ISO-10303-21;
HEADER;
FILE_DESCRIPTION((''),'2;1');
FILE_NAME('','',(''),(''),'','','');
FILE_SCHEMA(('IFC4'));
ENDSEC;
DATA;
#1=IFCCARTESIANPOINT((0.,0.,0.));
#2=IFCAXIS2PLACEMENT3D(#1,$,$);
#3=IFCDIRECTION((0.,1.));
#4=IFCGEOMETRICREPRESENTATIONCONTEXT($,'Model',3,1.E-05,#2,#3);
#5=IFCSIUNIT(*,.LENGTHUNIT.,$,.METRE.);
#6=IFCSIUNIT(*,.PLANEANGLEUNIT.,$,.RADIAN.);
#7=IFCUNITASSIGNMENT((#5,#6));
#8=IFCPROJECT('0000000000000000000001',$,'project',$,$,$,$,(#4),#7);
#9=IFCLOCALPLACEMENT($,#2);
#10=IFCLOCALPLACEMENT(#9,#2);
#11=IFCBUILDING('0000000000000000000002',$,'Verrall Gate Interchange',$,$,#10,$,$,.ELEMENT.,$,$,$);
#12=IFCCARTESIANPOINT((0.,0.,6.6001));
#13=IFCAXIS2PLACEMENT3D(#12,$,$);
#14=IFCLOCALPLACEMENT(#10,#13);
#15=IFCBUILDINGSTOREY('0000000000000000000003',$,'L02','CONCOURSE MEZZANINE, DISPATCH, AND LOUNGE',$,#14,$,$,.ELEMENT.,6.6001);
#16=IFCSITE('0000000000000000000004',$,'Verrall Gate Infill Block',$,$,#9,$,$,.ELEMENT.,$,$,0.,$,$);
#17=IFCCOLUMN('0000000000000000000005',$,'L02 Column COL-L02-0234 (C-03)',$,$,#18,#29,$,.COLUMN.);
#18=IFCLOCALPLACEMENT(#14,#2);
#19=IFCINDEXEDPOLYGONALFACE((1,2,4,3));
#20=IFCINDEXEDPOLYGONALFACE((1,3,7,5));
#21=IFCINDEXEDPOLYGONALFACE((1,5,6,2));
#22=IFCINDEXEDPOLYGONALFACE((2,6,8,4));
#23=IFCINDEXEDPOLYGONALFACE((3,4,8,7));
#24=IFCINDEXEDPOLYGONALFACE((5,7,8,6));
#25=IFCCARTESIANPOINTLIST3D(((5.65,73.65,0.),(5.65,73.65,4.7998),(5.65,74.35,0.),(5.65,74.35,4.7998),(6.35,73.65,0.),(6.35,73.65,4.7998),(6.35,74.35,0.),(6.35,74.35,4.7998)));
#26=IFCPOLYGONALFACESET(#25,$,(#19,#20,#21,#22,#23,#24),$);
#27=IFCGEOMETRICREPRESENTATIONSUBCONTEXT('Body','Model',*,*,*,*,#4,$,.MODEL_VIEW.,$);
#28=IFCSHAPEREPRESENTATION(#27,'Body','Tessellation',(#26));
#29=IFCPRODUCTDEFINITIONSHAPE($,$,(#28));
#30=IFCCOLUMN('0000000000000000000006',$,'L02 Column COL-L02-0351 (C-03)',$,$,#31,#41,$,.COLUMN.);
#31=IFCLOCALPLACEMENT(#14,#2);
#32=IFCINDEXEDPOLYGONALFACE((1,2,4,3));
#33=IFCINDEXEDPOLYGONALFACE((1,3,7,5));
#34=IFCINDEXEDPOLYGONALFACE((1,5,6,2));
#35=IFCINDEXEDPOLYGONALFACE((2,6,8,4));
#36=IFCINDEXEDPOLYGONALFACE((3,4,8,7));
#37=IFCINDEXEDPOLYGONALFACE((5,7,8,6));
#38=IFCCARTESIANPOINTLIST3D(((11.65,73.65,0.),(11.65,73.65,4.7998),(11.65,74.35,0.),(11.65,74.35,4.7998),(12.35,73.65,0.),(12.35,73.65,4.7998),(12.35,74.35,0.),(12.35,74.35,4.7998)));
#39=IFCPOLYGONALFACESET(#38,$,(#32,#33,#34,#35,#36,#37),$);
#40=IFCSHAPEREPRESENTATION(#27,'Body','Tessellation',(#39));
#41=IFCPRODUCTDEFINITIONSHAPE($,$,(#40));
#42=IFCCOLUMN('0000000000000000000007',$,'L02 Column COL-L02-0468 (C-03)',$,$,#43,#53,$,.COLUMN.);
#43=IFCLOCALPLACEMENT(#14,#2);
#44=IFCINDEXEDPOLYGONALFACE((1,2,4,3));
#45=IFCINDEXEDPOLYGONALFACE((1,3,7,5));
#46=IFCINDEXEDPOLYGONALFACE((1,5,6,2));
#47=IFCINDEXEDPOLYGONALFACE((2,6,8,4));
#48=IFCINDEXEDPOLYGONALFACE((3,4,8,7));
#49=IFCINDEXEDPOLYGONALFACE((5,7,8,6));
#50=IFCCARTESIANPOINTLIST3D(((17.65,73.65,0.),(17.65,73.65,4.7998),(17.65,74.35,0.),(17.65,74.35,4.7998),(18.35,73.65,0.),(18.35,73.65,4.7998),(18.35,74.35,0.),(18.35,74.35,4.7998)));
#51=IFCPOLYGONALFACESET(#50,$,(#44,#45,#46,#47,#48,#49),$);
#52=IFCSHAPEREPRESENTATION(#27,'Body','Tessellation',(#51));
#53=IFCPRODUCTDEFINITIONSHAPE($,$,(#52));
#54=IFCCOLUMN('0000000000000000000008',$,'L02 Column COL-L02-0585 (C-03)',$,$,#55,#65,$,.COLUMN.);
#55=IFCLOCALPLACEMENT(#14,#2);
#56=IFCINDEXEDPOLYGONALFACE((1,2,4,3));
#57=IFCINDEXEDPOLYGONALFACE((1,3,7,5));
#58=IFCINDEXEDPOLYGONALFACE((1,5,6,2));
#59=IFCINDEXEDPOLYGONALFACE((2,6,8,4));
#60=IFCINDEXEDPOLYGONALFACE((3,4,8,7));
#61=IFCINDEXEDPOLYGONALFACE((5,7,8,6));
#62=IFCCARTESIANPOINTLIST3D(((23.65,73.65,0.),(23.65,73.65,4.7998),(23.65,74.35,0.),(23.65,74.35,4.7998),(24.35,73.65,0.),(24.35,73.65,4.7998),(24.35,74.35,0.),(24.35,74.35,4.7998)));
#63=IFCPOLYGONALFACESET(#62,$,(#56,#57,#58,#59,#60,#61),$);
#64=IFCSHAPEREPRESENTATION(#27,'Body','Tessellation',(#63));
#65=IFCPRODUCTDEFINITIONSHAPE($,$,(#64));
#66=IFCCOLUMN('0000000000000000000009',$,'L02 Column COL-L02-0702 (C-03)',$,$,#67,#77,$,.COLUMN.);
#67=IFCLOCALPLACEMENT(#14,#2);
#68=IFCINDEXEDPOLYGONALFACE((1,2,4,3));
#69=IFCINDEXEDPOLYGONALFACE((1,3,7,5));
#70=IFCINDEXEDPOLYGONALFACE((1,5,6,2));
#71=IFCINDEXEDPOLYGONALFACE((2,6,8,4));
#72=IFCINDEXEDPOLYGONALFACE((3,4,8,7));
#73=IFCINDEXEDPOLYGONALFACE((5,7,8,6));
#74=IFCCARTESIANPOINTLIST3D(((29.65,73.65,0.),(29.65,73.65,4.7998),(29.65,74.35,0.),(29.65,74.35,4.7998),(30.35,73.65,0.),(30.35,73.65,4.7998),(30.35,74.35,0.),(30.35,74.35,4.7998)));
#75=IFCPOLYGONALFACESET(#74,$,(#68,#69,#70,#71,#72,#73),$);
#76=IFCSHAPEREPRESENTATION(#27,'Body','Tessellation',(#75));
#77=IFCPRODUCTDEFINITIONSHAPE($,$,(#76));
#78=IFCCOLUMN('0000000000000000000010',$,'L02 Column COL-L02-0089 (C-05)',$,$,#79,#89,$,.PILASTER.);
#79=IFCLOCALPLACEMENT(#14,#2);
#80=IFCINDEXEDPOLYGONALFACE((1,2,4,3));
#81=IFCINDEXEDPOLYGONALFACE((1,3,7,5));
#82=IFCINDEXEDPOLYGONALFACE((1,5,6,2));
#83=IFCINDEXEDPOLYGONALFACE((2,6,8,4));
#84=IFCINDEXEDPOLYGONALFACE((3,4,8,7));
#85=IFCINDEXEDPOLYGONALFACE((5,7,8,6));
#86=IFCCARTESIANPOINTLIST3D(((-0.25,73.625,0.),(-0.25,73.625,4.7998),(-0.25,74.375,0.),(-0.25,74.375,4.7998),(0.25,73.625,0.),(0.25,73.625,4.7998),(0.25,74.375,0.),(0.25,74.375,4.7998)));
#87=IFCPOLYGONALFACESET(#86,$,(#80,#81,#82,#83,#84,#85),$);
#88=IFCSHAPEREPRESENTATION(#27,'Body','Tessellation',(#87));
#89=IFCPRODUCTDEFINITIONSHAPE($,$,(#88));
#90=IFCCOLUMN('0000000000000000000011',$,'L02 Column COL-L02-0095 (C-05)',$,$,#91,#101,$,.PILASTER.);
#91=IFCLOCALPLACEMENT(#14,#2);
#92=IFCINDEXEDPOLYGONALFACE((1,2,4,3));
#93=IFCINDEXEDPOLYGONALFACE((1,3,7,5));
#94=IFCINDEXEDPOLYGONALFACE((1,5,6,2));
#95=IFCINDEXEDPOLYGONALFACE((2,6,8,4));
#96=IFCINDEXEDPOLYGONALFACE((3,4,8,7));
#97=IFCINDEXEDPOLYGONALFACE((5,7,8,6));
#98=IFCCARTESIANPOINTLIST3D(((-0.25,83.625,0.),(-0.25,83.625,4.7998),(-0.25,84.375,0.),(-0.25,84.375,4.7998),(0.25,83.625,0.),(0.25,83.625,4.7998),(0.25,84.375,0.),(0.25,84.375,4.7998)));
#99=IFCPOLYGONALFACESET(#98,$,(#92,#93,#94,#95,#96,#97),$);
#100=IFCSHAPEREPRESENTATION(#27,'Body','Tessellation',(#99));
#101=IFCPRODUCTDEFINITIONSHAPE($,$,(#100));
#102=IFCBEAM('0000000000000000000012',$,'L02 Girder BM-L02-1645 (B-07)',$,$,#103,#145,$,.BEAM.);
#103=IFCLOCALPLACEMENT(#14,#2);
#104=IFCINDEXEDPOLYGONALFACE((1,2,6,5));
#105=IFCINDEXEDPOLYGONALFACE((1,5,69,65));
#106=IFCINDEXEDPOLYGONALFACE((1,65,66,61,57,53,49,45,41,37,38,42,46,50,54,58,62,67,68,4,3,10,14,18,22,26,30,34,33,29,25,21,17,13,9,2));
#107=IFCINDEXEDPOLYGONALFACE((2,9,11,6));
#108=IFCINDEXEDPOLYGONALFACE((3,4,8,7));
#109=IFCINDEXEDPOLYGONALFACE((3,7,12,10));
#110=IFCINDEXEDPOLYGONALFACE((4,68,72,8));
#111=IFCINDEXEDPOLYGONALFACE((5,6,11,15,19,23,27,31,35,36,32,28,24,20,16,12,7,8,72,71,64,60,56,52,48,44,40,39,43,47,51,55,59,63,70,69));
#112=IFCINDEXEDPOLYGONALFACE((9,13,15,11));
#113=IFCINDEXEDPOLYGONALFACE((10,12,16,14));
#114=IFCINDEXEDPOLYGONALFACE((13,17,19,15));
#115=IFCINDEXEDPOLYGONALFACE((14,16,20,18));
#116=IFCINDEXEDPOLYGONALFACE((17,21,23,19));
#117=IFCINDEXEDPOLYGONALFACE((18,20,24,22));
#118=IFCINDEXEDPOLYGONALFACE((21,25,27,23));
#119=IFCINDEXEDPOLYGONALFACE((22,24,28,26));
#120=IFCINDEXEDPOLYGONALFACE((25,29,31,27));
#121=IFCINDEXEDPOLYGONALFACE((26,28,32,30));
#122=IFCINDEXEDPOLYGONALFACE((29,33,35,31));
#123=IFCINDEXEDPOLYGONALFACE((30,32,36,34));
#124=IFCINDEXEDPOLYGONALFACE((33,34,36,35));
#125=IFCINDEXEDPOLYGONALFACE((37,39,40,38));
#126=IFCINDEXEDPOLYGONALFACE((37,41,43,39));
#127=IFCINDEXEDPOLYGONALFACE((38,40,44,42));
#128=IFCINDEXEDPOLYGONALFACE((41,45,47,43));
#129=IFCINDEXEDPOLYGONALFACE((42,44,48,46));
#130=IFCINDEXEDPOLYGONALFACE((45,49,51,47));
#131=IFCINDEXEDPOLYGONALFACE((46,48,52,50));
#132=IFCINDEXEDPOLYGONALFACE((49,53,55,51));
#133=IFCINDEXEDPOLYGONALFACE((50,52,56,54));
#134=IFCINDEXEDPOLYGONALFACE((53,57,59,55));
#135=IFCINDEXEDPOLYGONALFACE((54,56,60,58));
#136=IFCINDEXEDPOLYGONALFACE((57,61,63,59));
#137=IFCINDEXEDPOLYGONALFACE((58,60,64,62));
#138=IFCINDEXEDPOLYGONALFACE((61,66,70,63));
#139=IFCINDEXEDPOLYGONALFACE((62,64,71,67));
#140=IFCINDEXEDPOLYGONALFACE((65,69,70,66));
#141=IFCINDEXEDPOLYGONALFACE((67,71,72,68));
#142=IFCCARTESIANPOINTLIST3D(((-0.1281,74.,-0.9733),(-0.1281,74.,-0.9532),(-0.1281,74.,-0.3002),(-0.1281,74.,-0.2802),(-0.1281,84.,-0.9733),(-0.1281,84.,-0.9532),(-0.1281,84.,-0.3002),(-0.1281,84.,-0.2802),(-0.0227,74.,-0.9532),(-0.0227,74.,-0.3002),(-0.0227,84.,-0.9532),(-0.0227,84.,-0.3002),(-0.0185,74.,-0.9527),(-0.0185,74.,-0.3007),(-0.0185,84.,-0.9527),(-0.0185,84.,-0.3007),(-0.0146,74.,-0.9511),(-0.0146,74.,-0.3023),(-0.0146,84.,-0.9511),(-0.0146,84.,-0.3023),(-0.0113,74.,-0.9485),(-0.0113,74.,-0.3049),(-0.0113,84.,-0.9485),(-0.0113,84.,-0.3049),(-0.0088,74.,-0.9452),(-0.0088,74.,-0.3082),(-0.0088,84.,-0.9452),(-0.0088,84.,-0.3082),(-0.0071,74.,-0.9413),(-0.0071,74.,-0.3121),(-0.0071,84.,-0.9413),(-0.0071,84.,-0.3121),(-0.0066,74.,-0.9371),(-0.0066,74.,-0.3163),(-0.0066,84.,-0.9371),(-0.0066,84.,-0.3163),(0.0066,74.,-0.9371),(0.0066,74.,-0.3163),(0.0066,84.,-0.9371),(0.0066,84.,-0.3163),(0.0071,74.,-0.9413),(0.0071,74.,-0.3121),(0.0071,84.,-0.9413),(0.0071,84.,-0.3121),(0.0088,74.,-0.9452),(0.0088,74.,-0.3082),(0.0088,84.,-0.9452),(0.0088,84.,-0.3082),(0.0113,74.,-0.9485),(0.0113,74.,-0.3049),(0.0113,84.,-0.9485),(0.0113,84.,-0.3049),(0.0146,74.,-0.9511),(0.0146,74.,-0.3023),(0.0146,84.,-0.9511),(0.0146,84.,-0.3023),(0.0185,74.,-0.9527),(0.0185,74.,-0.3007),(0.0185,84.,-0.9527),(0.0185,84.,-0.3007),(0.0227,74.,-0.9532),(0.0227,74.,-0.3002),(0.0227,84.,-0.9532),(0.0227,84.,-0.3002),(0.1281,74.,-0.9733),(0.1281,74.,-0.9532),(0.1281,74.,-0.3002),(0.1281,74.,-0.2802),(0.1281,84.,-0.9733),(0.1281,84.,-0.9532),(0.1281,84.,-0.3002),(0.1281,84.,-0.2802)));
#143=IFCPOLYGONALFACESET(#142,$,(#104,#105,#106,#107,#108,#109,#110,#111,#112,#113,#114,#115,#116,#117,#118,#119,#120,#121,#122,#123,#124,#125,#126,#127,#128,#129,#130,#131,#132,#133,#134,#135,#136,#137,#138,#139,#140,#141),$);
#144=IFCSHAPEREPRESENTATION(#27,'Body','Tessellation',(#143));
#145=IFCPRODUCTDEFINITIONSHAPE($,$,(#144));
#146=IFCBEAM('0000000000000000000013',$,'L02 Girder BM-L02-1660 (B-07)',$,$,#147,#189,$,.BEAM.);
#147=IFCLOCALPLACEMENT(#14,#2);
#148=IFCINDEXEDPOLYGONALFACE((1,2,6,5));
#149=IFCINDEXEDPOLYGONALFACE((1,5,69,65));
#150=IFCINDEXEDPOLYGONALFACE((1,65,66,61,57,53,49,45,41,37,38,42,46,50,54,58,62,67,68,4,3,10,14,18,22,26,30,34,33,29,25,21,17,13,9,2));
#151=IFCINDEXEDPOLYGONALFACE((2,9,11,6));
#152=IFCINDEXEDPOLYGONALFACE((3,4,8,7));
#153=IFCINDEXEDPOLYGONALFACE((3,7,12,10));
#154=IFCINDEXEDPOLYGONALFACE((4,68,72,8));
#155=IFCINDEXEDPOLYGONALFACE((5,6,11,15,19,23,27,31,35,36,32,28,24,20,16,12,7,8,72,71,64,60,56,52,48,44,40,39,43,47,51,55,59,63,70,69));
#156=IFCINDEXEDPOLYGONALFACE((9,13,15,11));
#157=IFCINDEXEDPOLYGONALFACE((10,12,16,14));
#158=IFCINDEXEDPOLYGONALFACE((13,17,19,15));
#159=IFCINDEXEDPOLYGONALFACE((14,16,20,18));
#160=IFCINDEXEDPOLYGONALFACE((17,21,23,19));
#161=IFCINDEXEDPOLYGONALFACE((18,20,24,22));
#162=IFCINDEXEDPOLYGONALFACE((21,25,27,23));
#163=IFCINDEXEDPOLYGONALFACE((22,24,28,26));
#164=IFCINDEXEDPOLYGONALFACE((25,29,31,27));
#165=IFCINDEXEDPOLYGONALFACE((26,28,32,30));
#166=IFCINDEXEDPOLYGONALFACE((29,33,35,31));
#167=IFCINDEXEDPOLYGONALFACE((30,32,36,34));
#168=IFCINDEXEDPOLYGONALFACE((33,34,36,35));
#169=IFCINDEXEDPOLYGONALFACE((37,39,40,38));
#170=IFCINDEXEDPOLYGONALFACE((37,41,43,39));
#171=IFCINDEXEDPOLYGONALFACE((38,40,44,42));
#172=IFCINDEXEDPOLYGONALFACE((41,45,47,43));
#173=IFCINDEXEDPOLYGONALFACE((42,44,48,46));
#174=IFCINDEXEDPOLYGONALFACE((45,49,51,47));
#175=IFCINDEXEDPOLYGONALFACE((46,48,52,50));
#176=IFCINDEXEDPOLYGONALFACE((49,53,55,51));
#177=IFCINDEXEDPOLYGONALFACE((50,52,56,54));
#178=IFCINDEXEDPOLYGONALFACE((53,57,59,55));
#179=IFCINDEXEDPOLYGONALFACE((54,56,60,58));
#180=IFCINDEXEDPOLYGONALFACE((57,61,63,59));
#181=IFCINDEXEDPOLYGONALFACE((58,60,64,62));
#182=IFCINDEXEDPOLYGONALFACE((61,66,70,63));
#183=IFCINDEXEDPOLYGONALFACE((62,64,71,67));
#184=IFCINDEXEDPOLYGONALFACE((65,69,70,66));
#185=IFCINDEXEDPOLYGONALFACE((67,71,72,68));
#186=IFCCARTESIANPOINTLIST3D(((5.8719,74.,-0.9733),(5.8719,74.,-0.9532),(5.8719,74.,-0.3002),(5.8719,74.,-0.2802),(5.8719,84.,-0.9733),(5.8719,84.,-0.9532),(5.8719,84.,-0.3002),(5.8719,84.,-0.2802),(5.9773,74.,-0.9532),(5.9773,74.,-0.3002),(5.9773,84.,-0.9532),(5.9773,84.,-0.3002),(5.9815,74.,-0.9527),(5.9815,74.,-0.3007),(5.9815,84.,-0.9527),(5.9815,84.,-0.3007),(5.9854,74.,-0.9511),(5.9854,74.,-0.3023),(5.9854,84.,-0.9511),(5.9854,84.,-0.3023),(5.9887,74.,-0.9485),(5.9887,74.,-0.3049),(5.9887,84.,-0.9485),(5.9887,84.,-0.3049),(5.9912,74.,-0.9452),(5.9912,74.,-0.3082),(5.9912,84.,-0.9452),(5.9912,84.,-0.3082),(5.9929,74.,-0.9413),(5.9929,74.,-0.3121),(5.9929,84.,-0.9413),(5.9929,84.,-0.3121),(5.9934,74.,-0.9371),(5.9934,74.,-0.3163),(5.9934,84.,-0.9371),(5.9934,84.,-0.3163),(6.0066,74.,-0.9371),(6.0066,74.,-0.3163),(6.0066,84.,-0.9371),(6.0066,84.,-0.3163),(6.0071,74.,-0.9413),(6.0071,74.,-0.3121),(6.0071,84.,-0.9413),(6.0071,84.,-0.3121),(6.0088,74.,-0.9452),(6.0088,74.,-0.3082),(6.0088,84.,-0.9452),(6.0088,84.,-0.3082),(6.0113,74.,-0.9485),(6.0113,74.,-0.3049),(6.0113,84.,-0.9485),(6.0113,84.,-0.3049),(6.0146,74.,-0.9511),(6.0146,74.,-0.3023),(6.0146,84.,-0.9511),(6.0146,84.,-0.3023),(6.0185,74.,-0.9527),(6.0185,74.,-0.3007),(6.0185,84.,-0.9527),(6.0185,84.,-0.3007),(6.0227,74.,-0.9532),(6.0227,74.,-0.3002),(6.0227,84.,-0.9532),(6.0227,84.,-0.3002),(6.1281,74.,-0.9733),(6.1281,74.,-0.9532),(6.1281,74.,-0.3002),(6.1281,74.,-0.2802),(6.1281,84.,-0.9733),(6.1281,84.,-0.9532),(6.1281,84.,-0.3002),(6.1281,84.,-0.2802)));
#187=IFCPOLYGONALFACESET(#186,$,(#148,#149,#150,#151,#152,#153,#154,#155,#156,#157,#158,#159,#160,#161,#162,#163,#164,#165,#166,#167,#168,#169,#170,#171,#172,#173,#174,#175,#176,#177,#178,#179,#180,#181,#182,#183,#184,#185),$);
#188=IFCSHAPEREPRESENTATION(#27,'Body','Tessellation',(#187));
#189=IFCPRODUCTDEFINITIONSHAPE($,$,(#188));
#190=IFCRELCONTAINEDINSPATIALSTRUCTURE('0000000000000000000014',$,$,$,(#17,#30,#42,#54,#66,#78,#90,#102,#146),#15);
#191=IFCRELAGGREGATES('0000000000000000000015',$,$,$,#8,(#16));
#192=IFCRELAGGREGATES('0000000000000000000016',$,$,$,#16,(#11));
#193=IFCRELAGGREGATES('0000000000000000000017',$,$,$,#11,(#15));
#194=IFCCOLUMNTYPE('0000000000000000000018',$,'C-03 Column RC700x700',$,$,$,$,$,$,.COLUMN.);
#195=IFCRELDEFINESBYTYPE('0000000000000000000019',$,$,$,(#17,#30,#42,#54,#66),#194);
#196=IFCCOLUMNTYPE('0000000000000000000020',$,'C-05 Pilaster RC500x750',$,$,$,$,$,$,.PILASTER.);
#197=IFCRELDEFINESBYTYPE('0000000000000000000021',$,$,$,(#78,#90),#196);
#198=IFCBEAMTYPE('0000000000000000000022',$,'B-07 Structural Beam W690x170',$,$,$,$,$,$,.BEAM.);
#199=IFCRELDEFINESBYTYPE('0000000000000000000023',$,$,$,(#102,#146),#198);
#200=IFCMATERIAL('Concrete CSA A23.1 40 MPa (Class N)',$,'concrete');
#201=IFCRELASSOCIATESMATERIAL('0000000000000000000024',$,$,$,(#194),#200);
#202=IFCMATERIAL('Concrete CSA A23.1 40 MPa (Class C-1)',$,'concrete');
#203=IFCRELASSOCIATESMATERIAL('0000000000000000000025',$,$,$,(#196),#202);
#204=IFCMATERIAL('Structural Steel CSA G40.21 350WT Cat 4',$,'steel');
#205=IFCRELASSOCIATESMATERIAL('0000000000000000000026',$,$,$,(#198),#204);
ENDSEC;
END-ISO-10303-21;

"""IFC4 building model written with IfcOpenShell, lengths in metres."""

from ifc_helpers import new_model, si_unit, direction, frame, origin, origin_2d, place, context, subcontext, project, spatial, rectangle, i_section, extrude, material, material_profile, profile_set, type_object, element, save


model = new_model("IFC4")

# Units and contexts
model_context = context("Model", 3, precision=1e-05, world=origin(), true_north=direction((0.0, 1.0)))
body_context = subcontext(model_context, "Body", "Model", "MODEL_VIEW")
ifc_project = project(units=[si_unit("LENGTHUNIT", "METRE"), si_unit("PLANEANGLEUNIT", "RADIAN")], contexts=[model_context])

# Site, building, storey
site_placement = place(None, origin())
site = spatial("IfcSite", under=ifc_project, at=site_placement, Name="Verrall Gate Infill Block", CompositionType="ELEMENT", RefElevation=0.0)
building_placement = place(site_placement, origin())
building = spatial("IfcBuilding", under=site, at=building_placement, Name="Verrall Gate Interchange", CompositionType="ELEMENT")
storey_placement = place(building_placement, frame((0.0, 0.0, 6.6001)))
storey = spatial("IfcBuildingStorey", under=building, at=storey_placement, Name="L02", Description="CONCOURSE MEZZANINE, DISPATCH, AND LOUNGE", CompositionType="ELEMENT", Elevation=6.6001)

# Columns
ifc_material_1 = material(Name="Concrete CSA A23.1 40 MPa (Class N)", Category="concrete")
ifc_material_profile_1 = material_profile(ifc_material_1, rectangle(XDim=0.7, YDim=0.7, at=origin_2d()), Name="RC700x700")
ifc_profile_set_1 = profile_set([ifc_material_profile_1], Name="Concrete CSA A23.1 40 MPa (Class N)")
column_type_1 = type_object("IfcColumnType", Name="C-03 Column RC700x700", PredefinedType="COLUMN", material=ifc_profile_set_1)
for number, where, z_axis, x_axis, name in (
    (1, (6.0, 74.0, 0.0), (0.0, 0.0, 1.0), (1.0, 0.0, 0.0), "L02 Column COL-L02-0234 (C-03)"),
    (2, (12.0, 74.0, 0.0), (0.0, 0.0, 1.0), (1.0, 0.0, 0.0), "L02 Column COL-L02-0351 (C-03)"),
    (3, (18.0, 74.0, 0.0), (0.0, 0.0, 1.0), (1.0, 0.0, 0.0), "L02 Column COL-L02-0468 (C-03)"),
    (4, (24.0, 74.0, 0.0), (0.0, 0.0, 1.0), (1.0, 0.0, 0.0), "L02 Column COL-L02-0585 (C-03)"),
    (5, (30.0, 74.0, 0.0), (0.0, 0.0, 1.0), (1.0, 0.0, 0.0), "L02 Column COL-L02-0702 (C-03)"),
):
    element("IfcColumn", number, at=place(storey_placement, frame(where, z_axis=z_axis, x_axis=x_axis)), inside=storey, type_object=column_type_1, Name=name, PredefinedType="COLUMN", context=body_context, shape_type="SweptSolid", body=[
        extrude(rectangle(XDim=0.7, YDim=0.7, at=origin_2d()), origin(), (0.0, 0.0, 1.0), 4.7998),
    ])
ifc_material_2 = material(Name="Concrete CSA A23.1 40 MPa (Class C-1)", Category="concrete")
ifc_material_profile_2 = material_profile(ifc_material_2, rectangle(XDim=0.5, YDim=0.75, at=origin_2d()), Name="RC500x750")
ifc_profile_set_2 = profile_set([ifc_material_profile_2], Name="Concrete CSA A23.1 40 MPa (Class C-1)")
column_type_2 = type_object("IfcColumnType", Name="C-05 Pilaster RC500x750", PredefinedType="PILASTER", material=ifc_profile_set_2)
for number, where, z_axis, x_axis, name in (
    (6, (0.0, 74.0, 0.0), (0.0, 0.0, 1.0), (1.0, 0.0, 0.0), "L02 Column COL-L02-0089 (C-05)"),
    (7, (0.0, 84.0, 0.0), (0.0, 0.0, 1.0), (1.0, 0.0, 0.0), "L02 Column COL-L02-0095 (C-05)"),
):
    element("IfcColumn", number, at=place(storey_placement, frame(where, z_axis=z_axis, x_axis=x_axis)), inside=storey, type_object=column_type_2, Name=name, PredefinedType="PILASTER", context=body_context, shape_type="SweptSolid", body=[
        extrude(rectangle(XDim=0.5, YDim=0.75, at=origin_2d()), origin(), (0.0, 0.0, 1.0), 4.7998),
    ])

# Beams
ifc_material_3 = material(Name="Structural Steel CSA G40.21 350WT Cat 4", Category="steel")
ifc_material_profile_3 = material_profile(ifc_material_3, i_section(OverallWidth=0.2561, OverallDepth=0.6931, WebThickness=0.0132, FlangeThickness=0.02, FilletRadius=0.0161, at=origin_2d()), Name="W690x170")
ifc_profile_set_3 = profile_set([ifc_material_profile_3], Name="Structural Steel CSA G40.21 350WT Cat 4")
beam_type_1 = type_object("IfcBeamType", Name="B-07 Structural Beam W690x170", PredefinedType="BEAM", material=ifc_profile_set_3)
for number, where, z_axis, x_axis, name in (
    (8, (0.0, 74.0, -0.6267), (0.0, 1.0, 0.0), (-1.0, 0.0, 0.0), "L02 Girder BM-L02-1645 (B-07)"),
    (9, (6.0, 74.0, -0.6267), (0.0, 1.0, 0.0), (-1.0, 0.0, 0.0), "L02 Girder BM-L02-1660 (B-07)"),
):
    element("IfcBeam", number, at=place(storey_placement, frame(where, z_axis=z_axis, x_axis=x_axis)), inside=storey, type_object=beam_type_1, Name=name, PredefinedType="BEAM", context=body_context, shape_type="SweptSolid", body=[
        extrude(i_section(OverallWidth=0.2561, OverallDepth=0.6931, WebThickness=0.0132, FlangeThickness=0.02, FilletRadius=0.0161, at=origin_2d()), origin(), (0.0, 0.0, 1.0), 10.0),
    ])

save(model, "model.ifc")
